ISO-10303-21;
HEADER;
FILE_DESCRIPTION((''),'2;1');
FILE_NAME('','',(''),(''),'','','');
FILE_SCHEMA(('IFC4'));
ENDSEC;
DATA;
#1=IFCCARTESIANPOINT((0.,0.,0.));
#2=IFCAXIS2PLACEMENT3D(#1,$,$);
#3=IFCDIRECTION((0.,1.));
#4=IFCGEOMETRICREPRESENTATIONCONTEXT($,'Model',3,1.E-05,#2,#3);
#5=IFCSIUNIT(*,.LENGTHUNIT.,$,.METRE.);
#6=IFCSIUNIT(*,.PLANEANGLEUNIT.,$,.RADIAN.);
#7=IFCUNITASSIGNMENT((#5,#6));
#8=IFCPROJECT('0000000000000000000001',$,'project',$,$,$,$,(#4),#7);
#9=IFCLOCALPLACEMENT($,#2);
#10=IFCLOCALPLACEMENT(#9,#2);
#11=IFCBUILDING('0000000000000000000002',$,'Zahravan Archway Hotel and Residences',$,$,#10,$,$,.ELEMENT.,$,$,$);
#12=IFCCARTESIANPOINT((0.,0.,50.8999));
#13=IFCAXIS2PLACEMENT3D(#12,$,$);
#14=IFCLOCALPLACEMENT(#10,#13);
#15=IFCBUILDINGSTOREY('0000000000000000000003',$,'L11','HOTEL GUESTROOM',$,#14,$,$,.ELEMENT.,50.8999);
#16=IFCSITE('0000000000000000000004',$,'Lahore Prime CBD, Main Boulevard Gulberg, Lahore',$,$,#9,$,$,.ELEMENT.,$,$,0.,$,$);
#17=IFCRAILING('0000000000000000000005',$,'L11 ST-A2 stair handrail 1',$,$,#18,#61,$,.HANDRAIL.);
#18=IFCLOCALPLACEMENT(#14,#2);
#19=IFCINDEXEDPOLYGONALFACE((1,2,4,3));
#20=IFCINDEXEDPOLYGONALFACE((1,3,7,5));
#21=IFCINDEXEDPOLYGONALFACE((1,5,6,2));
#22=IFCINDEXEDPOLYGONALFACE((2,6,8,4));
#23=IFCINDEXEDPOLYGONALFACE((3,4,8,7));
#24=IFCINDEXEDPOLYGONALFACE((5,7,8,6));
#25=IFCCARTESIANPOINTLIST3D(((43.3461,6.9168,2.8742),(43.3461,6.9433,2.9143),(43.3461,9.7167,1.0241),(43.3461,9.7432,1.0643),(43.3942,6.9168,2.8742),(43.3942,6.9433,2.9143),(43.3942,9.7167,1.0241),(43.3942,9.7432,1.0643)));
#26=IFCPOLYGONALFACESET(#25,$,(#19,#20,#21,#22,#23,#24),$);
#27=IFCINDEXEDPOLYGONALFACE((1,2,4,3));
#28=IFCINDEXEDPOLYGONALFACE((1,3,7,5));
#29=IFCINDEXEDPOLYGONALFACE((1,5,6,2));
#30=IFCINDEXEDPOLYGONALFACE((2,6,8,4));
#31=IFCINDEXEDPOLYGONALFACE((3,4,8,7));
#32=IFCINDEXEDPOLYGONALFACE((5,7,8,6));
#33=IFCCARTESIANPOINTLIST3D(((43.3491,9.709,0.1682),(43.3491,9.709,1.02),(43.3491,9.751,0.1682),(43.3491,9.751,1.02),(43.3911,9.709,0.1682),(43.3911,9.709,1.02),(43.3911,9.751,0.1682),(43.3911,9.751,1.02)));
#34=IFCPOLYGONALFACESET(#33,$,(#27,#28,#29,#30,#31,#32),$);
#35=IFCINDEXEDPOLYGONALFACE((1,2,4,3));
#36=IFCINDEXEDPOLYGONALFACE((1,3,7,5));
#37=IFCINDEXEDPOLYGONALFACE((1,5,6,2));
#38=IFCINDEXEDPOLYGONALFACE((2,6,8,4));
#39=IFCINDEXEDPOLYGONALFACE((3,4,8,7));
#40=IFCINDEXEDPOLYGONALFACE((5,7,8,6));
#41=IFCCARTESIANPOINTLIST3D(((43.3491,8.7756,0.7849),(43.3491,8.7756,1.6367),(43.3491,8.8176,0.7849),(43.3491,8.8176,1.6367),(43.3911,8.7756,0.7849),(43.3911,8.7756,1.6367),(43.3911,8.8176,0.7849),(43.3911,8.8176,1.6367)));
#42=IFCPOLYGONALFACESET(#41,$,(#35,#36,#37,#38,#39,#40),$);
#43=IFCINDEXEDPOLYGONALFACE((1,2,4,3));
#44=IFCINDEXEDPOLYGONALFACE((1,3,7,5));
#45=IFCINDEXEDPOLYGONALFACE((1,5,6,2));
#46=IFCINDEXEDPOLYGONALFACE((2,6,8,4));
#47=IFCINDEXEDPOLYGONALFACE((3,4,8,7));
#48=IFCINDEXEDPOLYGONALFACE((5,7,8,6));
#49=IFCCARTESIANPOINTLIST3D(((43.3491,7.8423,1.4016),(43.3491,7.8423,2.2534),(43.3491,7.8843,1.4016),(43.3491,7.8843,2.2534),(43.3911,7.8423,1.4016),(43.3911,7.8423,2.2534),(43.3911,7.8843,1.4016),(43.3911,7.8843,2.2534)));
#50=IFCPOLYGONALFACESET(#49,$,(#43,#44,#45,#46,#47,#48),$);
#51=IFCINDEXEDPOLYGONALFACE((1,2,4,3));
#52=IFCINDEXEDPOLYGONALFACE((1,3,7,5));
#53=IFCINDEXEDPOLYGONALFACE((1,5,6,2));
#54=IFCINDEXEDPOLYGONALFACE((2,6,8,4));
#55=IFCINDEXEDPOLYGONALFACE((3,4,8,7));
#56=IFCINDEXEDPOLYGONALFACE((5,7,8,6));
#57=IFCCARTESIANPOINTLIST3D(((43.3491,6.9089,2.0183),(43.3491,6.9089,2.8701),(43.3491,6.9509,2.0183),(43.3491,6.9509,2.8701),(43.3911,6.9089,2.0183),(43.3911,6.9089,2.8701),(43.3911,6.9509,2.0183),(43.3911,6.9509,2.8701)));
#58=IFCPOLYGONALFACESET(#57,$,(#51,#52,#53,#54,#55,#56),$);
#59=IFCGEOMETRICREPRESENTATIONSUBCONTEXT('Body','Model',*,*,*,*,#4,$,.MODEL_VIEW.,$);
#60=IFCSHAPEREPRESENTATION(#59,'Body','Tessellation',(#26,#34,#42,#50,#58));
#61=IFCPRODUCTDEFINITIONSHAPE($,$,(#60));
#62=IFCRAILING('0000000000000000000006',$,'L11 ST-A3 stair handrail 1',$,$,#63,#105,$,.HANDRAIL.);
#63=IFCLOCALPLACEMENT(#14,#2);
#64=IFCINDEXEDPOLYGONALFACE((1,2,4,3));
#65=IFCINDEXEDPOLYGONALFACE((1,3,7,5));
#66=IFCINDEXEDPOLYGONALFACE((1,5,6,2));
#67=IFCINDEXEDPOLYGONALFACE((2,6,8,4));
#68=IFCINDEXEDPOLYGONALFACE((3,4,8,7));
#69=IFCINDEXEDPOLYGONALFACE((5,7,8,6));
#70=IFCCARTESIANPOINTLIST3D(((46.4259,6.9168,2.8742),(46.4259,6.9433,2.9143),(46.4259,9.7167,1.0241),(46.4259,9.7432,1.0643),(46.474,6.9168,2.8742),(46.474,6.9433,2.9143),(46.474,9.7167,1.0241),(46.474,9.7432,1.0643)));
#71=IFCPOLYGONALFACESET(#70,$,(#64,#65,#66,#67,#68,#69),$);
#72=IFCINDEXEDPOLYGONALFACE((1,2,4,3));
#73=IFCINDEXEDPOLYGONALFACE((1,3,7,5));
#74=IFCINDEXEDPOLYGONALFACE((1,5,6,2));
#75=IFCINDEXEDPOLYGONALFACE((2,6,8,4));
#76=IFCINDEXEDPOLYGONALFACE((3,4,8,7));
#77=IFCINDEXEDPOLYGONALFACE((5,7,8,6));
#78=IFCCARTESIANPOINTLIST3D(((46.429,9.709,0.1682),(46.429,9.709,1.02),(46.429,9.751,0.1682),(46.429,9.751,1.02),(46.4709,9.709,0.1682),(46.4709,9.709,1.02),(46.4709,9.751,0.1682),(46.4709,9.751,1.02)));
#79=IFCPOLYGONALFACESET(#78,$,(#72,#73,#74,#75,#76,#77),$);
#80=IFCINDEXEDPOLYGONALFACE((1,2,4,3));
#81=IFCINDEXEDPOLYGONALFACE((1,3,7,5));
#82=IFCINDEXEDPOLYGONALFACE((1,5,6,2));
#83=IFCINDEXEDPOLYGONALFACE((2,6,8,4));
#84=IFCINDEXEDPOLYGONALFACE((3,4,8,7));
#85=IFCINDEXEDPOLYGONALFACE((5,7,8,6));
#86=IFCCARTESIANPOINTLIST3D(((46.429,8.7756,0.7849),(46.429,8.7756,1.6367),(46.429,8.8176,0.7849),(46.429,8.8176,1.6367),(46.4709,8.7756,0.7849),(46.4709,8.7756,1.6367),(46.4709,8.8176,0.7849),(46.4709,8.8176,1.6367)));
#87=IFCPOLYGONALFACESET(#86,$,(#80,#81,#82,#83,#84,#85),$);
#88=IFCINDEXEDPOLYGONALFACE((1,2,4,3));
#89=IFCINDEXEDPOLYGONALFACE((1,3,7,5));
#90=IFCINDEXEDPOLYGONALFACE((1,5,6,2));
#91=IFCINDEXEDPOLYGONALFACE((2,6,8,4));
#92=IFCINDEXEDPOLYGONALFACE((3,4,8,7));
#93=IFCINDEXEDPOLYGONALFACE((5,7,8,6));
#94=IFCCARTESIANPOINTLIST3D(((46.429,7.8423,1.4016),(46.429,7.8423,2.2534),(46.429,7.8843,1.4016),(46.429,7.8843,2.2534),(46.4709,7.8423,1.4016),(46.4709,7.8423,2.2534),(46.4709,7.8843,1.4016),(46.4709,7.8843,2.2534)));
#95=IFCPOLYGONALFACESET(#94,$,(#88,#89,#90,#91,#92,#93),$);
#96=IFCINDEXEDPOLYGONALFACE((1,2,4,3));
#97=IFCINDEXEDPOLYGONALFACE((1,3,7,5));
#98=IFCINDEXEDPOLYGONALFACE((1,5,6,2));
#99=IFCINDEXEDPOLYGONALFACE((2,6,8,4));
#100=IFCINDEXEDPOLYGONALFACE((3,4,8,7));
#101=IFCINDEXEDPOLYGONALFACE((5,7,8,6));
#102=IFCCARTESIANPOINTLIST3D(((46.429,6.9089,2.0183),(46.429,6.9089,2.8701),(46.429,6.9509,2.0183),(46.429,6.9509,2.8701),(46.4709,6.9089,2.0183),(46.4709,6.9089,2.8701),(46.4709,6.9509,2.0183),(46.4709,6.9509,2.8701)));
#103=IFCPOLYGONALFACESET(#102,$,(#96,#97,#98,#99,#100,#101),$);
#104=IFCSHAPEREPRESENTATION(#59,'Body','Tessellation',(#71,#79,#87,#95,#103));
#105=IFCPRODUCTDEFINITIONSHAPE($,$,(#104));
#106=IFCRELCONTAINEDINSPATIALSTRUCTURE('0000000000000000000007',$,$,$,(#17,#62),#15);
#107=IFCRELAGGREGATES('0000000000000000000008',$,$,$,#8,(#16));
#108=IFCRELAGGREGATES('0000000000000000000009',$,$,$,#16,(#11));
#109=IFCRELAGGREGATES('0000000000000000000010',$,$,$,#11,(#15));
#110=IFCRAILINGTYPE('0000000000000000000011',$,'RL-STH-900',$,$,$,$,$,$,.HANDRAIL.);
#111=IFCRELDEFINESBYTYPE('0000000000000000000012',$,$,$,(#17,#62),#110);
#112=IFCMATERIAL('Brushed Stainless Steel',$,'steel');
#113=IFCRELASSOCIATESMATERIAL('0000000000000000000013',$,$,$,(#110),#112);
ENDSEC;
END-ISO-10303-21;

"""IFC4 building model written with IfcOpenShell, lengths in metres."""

from ifc_helpers import new_model, si_unit, direction, frame, origin, origin_2d, place, context, subcontext, project, spatial, rectangle, extrude, material, type_object, element, save


model = new_model("IFC4")

# Units and contexts
model_context = context("Model", 3, precision=1e-05, world=origin(), true_north=direction((0.0, 1.0)))
body_context = subcontext(model_context, "Body", "Model", "MODEL_VIEW")
ifc_project = project(units=[si_unit("LENGTHUNIT", "METRE"), si_unit("PLANEANGLEUNIT", "RADIAN")], contexts=[model_context])

# Site, building, storey
site_placement = place(None, origin())
site = spatial("IfcSite", under=ifc_project, at=site_placement, Name="Lahore Prime CBD, Main Boulevard Gulberg, Lahore", CompositionType="ELEMENT", RefElevation=0.0)
building_placement = place(site_placement, origin())
building = spatial("IfcBuilding", under=site, at=building_placement, Name="Zahravan Archway Hotel and Residences", CompositionType="ELEMENT")
storey_placement = place(building_placement, frame((0.0, 0.0, 50.8999)))
storey = spatial("IfcBuildingStorey", under=building, at=storey_placement, Name="L11", Description="HOTEL GUESTROOM", CompositionType="ELEMENT", Elevation=50.8999)

# Shared definitions
ifc_material_1 = material(Name="Brushed Stainless Steel", Category="steel")

# Railings
railing_type_1 = type_object("IfcRailingType", Name="RL-STH-900", PredefinedType="HANDRAIL", material=ifc_material_1)
for number, where, name in (
    (1, (43.3701, 9.73, 0.1682), "L11 ST-A2 stair handrail 1"),
    (2, (46.45, 9.73, 0.1682), "L11 ST-A3 stair handrail 1"),
):
    element("IfcRailing", number, at=place(storey_placement, frame(where)), inside=storey, type_object=railing_type_1, Name=name, PredefinedType="HANDRAIL", context=body_context, shape_type="SweptSolid", body=[
        extrude(rectangle(XDim=0.0481, YDim=0.0481, at=origin_2d()), frame((0.0, 0.0, 0.876), z_axis=(0.0, -0.834326, 0.551271), x_axis=(1.0, 0.0, 0.0)), (0.0, 0.0, 1.0), 3.356),
        extrude(rectangle(XDim=0.042, YDim=0.042, at=origin_2d()), origin(), (0.0, 0.0, 1.0), 0.8518),
        extrude(rectangle(XDim=0.042, YDim=0.042, at=origin_2d()), frame((0.0, -0.9333, 0.6167)), (0.0, 0.0, 1.0), 0.8518),
        extrude(rectangle(XDim=0.042, YDim=0.042, at=origin_2d()), frame((0.0, -1.8667, 1.2334)), (0.0, 0.0, 1.0), 0.8518),
        extrude(rectangle(XDim=0.042, YDim=0.042, at=origin_2d()), frame((0.0, -2.8, 1.8501)), (0.0, 0.0, 1.0), 0.8518),
    ])

save(model, "model.ifc")
